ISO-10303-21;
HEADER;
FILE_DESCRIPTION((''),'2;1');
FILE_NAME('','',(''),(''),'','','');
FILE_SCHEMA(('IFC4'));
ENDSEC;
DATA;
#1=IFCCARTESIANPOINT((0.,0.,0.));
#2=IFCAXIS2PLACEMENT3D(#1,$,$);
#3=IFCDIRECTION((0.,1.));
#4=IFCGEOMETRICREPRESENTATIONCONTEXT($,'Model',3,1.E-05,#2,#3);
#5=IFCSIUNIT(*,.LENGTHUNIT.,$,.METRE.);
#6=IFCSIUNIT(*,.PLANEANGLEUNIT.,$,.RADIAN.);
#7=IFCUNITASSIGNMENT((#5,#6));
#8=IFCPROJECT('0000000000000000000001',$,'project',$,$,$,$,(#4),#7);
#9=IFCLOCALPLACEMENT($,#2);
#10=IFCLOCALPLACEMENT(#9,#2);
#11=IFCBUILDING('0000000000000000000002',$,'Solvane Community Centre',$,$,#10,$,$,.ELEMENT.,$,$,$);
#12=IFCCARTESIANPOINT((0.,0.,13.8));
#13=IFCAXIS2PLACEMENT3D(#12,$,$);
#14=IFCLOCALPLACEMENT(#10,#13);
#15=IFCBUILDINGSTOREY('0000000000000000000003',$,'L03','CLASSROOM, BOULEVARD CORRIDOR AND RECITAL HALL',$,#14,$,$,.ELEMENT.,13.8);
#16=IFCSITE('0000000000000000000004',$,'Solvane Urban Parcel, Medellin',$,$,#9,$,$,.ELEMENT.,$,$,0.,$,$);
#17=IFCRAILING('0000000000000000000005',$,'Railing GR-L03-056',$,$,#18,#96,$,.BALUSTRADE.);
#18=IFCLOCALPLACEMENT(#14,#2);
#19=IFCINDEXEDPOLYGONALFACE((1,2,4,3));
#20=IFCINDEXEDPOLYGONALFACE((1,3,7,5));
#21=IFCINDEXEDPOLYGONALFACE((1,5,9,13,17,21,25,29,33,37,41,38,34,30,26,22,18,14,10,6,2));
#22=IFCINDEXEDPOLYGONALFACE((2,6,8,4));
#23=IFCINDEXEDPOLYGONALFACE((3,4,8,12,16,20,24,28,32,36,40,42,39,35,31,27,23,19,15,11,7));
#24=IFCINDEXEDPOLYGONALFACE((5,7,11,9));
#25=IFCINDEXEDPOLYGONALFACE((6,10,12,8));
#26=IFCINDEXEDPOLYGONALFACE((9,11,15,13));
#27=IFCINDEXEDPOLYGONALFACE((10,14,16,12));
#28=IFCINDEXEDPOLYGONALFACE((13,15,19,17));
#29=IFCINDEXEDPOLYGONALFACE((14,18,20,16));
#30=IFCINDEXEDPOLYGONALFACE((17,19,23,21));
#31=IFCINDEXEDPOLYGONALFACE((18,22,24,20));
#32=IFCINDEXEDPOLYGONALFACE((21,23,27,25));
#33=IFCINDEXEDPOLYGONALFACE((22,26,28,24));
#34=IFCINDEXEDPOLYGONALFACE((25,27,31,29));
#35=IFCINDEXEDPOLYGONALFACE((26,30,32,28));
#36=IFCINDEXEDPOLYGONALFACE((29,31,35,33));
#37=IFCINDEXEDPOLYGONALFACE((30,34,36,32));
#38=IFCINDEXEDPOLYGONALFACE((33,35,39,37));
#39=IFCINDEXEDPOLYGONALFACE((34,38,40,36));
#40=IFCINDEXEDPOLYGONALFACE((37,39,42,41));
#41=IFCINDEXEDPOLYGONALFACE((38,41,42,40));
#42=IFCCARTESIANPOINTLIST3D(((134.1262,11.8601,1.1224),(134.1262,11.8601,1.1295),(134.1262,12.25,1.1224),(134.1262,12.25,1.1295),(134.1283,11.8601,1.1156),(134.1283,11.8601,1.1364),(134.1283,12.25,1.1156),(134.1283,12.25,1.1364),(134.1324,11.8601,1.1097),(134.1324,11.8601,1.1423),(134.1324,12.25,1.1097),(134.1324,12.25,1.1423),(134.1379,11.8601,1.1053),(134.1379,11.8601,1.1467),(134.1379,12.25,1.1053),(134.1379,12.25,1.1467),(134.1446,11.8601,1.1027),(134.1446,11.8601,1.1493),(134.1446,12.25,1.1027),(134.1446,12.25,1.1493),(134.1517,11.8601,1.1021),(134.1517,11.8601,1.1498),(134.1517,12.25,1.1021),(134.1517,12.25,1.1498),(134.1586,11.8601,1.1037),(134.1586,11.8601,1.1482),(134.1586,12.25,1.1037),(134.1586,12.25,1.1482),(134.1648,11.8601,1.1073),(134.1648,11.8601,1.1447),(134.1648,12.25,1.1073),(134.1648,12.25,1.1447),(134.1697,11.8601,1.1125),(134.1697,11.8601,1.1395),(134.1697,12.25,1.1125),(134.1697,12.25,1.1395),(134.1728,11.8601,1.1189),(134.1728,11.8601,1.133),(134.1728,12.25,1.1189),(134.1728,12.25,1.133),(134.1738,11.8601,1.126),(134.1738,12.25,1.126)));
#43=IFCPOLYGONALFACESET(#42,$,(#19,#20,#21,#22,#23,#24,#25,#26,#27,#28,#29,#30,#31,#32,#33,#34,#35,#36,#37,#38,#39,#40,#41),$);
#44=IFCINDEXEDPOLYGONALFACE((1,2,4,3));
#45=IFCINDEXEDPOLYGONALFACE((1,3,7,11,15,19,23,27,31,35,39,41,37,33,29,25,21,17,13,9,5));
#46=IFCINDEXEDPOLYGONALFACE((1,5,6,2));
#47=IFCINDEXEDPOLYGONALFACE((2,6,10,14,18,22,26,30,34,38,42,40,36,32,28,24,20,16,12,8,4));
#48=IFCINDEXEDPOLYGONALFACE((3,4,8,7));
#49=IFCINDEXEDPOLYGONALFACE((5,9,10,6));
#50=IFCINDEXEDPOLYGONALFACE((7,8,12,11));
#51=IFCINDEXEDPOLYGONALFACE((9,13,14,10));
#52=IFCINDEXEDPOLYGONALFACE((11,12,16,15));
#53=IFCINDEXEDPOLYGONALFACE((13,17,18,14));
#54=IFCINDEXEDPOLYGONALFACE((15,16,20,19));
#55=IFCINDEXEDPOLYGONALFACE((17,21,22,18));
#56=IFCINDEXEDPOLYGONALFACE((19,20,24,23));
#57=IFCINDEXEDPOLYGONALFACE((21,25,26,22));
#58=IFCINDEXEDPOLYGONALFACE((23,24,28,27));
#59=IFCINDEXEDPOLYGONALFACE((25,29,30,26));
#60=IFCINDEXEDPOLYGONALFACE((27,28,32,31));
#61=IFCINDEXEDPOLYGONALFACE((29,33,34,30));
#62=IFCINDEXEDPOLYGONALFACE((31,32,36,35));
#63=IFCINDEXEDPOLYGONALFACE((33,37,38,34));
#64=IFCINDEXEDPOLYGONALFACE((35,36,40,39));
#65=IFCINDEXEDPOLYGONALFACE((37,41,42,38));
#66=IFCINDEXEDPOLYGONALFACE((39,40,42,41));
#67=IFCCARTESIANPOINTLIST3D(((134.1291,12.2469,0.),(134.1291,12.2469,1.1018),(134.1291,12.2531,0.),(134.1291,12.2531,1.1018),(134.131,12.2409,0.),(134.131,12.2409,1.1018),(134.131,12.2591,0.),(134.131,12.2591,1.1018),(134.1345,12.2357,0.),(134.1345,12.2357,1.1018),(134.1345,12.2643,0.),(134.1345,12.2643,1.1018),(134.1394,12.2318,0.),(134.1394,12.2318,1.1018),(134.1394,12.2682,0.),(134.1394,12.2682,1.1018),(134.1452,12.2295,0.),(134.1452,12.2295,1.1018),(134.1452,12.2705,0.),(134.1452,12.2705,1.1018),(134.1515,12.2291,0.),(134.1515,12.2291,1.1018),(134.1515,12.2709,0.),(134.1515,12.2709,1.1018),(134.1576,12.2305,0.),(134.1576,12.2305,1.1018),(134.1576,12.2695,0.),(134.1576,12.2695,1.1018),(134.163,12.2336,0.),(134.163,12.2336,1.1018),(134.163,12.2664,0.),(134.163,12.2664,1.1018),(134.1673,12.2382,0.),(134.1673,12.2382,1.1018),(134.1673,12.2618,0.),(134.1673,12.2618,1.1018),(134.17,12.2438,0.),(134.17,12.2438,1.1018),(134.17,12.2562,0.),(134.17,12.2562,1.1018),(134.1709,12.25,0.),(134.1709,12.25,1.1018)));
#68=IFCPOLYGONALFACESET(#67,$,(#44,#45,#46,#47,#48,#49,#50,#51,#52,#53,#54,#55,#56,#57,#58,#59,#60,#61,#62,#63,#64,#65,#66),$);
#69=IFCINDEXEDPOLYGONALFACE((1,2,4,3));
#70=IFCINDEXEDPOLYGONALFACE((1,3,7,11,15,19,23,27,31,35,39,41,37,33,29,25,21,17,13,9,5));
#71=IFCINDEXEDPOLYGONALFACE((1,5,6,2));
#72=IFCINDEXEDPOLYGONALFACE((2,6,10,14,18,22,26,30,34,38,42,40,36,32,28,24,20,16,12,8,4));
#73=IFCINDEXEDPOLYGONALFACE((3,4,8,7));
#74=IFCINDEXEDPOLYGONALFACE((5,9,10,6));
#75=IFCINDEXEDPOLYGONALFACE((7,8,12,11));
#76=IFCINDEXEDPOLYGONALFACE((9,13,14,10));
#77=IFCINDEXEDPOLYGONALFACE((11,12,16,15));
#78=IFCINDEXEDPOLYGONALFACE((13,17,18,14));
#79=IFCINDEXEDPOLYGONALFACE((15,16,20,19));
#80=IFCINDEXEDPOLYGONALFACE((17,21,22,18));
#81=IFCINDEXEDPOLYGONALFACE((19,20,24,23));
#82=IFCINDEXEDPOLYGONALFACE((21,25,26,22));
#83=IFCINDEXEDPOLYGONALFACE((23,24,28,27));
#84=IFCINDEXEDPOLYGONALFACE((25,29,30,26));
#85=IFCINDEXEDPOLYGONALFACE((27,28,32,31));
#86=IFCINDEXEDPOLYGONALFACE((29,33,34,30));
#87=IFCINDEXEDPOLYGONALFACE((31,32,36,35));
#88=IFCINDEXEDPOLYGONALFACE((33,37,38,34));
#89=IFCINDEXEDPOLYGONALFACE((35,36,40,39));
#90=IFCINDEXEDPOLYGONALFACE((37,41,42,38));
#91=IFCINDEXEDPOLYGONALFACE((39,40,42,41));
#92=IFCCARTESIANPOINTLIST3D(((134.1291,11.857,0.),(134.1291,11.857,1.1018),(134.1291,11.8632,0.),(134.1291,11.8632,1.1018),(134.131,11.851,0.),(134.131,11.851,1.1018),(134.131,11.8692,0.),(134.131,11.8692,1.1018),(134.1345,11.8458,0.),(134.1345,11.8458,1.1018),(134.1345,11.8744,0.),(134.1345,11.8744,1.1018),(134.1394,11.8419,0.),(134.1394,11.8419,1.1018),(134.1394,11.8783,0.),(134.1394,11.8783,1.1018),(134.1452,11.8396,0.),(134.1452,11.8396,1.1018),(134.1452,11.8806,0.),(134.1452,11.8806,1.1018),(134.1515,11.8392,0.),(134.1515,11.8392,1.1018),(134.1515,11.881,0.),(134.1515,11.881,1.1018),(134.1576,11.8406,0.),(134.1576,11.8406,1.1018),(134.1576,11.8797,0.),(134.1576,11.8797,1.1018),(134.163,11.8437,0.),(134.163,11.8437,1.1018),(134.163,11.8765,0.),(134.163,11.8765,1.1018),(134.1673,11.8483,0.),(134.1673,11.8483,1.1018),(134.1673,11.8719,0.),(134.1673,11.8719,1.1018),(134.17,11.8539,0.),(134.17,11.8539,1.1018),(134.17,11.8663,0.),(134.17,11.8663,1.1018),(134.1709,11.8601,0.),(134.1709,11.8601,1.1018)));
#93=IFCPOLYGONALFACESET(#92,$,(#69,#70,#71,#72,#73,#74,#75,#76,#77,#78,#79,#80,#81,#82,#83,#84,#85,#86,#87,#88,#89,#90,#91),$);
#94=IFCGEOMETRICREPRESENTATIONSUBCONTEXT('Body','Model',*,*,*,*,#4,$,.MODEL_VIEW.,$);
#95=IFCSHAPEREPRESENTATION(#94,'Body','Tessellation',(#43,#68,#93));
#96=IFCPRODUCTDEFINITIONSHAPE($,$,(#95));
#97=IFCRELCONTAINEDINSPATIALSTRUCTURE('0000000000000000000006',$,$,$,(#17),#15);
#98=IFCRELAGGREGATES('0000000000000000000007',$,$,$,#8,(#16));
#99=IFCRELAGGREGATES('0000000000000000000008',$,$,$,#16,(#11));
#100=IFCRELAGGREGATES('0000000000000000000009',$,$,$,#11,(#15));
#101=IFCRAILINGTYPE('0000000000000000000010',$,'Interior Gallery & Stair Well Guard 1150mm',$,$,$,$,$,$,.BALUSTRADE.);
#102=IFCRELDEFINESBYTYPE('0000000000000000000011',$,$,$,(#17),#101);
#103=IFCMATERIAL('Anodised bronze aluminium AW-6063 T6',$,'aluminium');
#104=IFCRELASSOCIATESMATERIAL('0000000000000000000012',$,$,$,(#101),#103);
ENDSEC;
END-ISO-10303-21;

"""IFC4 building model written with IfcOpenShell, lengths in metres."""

from ifc_helpers import new_model, si_unit, direction, frame, origin, origin_2d, place, context, subcontext, project, spatial, circle, extrude, material, type_object, element, save


model = new_model("IFC4")

# Units and contexts
model_context = context("Model", 3, precision=1e-05, world=origin(), true_north=direction((0.0, 1.0)))
body_context = subcontext(model_context, "Body", "Model", "MODEL_VIEW")
ifc_project = project(units=[si_unit("LENGTHUNIT", "METRE"), si_unit("PLANEANGLEUNIT", "RADIAN")], contexts=[model_context])

# Site, building, storey
site_placement = place(None, origin())
site = spatial("IfcSite", under=ifc_project, at=site_placement, Name="Solvane Urban Parcel, Medellin", CompositionType="ELEMENT", RefElevation=0.0)
building_placement = place(site_placement, origin())
building = spatial("IfcBuilding", under=site, at=building_placement, Name="Solvane Community Centre", CompositionType="ELEMENT")
storey_placement = place(building_placement, frame((0.0, 0.0, 13.8)))
storey = spatial("IfcBuildingStorey", under=building, at=storey_placement, Name="L03", Description="CLASSROOM, BOULEVARD CORRIDOR AND RECITAL HALL", CompositionType="ELEMENT", Elevation=13.8)

# Shared definitions
ifc_material_1 = material(Name="Anodised bronze aluminium AW-6063 T6", Category="aluminium")

# Railing
railing_type_1 = type_object("IfcRailingType", Name="Interior Gallery & Stair Well Guard 1150mm", PredefinedType="BALUSTRADE", material=ifc_material_1)
railing_1_placement = place(storey_placement, frame((134.1499, 12.25, 0.0)))
element("IfcRailing", 1, at=railing_1_placement, inside=storey, type_object=railing_type_1, Name="Railing GR-L03-056", PredefinedType="BALUSTRADE", context=body_context, shape_type="SweptSolid", body=[
    extrude(circle(Radius=0.0239, at=origin_2d()), frame((0.0, 0.0, 1.126), z_axis=(0.0, -1.0, 0.0), x_axis=(1.0, 0.0, 0.0)), (0.0, 0.0, 1.0), 0.3899),
    extrude(circle(Radius=0.021, at=origin_2d()), origin(), (0.0, 0.0, 1.0), 1.1018),
    extrude(circle(Radius=0.021, at=origin_2d()), frame((0.0, -0.3899, 0.0)), (0.0, 0.0, 1.0), 1.1018),
])

save(model, "model.ifc")
